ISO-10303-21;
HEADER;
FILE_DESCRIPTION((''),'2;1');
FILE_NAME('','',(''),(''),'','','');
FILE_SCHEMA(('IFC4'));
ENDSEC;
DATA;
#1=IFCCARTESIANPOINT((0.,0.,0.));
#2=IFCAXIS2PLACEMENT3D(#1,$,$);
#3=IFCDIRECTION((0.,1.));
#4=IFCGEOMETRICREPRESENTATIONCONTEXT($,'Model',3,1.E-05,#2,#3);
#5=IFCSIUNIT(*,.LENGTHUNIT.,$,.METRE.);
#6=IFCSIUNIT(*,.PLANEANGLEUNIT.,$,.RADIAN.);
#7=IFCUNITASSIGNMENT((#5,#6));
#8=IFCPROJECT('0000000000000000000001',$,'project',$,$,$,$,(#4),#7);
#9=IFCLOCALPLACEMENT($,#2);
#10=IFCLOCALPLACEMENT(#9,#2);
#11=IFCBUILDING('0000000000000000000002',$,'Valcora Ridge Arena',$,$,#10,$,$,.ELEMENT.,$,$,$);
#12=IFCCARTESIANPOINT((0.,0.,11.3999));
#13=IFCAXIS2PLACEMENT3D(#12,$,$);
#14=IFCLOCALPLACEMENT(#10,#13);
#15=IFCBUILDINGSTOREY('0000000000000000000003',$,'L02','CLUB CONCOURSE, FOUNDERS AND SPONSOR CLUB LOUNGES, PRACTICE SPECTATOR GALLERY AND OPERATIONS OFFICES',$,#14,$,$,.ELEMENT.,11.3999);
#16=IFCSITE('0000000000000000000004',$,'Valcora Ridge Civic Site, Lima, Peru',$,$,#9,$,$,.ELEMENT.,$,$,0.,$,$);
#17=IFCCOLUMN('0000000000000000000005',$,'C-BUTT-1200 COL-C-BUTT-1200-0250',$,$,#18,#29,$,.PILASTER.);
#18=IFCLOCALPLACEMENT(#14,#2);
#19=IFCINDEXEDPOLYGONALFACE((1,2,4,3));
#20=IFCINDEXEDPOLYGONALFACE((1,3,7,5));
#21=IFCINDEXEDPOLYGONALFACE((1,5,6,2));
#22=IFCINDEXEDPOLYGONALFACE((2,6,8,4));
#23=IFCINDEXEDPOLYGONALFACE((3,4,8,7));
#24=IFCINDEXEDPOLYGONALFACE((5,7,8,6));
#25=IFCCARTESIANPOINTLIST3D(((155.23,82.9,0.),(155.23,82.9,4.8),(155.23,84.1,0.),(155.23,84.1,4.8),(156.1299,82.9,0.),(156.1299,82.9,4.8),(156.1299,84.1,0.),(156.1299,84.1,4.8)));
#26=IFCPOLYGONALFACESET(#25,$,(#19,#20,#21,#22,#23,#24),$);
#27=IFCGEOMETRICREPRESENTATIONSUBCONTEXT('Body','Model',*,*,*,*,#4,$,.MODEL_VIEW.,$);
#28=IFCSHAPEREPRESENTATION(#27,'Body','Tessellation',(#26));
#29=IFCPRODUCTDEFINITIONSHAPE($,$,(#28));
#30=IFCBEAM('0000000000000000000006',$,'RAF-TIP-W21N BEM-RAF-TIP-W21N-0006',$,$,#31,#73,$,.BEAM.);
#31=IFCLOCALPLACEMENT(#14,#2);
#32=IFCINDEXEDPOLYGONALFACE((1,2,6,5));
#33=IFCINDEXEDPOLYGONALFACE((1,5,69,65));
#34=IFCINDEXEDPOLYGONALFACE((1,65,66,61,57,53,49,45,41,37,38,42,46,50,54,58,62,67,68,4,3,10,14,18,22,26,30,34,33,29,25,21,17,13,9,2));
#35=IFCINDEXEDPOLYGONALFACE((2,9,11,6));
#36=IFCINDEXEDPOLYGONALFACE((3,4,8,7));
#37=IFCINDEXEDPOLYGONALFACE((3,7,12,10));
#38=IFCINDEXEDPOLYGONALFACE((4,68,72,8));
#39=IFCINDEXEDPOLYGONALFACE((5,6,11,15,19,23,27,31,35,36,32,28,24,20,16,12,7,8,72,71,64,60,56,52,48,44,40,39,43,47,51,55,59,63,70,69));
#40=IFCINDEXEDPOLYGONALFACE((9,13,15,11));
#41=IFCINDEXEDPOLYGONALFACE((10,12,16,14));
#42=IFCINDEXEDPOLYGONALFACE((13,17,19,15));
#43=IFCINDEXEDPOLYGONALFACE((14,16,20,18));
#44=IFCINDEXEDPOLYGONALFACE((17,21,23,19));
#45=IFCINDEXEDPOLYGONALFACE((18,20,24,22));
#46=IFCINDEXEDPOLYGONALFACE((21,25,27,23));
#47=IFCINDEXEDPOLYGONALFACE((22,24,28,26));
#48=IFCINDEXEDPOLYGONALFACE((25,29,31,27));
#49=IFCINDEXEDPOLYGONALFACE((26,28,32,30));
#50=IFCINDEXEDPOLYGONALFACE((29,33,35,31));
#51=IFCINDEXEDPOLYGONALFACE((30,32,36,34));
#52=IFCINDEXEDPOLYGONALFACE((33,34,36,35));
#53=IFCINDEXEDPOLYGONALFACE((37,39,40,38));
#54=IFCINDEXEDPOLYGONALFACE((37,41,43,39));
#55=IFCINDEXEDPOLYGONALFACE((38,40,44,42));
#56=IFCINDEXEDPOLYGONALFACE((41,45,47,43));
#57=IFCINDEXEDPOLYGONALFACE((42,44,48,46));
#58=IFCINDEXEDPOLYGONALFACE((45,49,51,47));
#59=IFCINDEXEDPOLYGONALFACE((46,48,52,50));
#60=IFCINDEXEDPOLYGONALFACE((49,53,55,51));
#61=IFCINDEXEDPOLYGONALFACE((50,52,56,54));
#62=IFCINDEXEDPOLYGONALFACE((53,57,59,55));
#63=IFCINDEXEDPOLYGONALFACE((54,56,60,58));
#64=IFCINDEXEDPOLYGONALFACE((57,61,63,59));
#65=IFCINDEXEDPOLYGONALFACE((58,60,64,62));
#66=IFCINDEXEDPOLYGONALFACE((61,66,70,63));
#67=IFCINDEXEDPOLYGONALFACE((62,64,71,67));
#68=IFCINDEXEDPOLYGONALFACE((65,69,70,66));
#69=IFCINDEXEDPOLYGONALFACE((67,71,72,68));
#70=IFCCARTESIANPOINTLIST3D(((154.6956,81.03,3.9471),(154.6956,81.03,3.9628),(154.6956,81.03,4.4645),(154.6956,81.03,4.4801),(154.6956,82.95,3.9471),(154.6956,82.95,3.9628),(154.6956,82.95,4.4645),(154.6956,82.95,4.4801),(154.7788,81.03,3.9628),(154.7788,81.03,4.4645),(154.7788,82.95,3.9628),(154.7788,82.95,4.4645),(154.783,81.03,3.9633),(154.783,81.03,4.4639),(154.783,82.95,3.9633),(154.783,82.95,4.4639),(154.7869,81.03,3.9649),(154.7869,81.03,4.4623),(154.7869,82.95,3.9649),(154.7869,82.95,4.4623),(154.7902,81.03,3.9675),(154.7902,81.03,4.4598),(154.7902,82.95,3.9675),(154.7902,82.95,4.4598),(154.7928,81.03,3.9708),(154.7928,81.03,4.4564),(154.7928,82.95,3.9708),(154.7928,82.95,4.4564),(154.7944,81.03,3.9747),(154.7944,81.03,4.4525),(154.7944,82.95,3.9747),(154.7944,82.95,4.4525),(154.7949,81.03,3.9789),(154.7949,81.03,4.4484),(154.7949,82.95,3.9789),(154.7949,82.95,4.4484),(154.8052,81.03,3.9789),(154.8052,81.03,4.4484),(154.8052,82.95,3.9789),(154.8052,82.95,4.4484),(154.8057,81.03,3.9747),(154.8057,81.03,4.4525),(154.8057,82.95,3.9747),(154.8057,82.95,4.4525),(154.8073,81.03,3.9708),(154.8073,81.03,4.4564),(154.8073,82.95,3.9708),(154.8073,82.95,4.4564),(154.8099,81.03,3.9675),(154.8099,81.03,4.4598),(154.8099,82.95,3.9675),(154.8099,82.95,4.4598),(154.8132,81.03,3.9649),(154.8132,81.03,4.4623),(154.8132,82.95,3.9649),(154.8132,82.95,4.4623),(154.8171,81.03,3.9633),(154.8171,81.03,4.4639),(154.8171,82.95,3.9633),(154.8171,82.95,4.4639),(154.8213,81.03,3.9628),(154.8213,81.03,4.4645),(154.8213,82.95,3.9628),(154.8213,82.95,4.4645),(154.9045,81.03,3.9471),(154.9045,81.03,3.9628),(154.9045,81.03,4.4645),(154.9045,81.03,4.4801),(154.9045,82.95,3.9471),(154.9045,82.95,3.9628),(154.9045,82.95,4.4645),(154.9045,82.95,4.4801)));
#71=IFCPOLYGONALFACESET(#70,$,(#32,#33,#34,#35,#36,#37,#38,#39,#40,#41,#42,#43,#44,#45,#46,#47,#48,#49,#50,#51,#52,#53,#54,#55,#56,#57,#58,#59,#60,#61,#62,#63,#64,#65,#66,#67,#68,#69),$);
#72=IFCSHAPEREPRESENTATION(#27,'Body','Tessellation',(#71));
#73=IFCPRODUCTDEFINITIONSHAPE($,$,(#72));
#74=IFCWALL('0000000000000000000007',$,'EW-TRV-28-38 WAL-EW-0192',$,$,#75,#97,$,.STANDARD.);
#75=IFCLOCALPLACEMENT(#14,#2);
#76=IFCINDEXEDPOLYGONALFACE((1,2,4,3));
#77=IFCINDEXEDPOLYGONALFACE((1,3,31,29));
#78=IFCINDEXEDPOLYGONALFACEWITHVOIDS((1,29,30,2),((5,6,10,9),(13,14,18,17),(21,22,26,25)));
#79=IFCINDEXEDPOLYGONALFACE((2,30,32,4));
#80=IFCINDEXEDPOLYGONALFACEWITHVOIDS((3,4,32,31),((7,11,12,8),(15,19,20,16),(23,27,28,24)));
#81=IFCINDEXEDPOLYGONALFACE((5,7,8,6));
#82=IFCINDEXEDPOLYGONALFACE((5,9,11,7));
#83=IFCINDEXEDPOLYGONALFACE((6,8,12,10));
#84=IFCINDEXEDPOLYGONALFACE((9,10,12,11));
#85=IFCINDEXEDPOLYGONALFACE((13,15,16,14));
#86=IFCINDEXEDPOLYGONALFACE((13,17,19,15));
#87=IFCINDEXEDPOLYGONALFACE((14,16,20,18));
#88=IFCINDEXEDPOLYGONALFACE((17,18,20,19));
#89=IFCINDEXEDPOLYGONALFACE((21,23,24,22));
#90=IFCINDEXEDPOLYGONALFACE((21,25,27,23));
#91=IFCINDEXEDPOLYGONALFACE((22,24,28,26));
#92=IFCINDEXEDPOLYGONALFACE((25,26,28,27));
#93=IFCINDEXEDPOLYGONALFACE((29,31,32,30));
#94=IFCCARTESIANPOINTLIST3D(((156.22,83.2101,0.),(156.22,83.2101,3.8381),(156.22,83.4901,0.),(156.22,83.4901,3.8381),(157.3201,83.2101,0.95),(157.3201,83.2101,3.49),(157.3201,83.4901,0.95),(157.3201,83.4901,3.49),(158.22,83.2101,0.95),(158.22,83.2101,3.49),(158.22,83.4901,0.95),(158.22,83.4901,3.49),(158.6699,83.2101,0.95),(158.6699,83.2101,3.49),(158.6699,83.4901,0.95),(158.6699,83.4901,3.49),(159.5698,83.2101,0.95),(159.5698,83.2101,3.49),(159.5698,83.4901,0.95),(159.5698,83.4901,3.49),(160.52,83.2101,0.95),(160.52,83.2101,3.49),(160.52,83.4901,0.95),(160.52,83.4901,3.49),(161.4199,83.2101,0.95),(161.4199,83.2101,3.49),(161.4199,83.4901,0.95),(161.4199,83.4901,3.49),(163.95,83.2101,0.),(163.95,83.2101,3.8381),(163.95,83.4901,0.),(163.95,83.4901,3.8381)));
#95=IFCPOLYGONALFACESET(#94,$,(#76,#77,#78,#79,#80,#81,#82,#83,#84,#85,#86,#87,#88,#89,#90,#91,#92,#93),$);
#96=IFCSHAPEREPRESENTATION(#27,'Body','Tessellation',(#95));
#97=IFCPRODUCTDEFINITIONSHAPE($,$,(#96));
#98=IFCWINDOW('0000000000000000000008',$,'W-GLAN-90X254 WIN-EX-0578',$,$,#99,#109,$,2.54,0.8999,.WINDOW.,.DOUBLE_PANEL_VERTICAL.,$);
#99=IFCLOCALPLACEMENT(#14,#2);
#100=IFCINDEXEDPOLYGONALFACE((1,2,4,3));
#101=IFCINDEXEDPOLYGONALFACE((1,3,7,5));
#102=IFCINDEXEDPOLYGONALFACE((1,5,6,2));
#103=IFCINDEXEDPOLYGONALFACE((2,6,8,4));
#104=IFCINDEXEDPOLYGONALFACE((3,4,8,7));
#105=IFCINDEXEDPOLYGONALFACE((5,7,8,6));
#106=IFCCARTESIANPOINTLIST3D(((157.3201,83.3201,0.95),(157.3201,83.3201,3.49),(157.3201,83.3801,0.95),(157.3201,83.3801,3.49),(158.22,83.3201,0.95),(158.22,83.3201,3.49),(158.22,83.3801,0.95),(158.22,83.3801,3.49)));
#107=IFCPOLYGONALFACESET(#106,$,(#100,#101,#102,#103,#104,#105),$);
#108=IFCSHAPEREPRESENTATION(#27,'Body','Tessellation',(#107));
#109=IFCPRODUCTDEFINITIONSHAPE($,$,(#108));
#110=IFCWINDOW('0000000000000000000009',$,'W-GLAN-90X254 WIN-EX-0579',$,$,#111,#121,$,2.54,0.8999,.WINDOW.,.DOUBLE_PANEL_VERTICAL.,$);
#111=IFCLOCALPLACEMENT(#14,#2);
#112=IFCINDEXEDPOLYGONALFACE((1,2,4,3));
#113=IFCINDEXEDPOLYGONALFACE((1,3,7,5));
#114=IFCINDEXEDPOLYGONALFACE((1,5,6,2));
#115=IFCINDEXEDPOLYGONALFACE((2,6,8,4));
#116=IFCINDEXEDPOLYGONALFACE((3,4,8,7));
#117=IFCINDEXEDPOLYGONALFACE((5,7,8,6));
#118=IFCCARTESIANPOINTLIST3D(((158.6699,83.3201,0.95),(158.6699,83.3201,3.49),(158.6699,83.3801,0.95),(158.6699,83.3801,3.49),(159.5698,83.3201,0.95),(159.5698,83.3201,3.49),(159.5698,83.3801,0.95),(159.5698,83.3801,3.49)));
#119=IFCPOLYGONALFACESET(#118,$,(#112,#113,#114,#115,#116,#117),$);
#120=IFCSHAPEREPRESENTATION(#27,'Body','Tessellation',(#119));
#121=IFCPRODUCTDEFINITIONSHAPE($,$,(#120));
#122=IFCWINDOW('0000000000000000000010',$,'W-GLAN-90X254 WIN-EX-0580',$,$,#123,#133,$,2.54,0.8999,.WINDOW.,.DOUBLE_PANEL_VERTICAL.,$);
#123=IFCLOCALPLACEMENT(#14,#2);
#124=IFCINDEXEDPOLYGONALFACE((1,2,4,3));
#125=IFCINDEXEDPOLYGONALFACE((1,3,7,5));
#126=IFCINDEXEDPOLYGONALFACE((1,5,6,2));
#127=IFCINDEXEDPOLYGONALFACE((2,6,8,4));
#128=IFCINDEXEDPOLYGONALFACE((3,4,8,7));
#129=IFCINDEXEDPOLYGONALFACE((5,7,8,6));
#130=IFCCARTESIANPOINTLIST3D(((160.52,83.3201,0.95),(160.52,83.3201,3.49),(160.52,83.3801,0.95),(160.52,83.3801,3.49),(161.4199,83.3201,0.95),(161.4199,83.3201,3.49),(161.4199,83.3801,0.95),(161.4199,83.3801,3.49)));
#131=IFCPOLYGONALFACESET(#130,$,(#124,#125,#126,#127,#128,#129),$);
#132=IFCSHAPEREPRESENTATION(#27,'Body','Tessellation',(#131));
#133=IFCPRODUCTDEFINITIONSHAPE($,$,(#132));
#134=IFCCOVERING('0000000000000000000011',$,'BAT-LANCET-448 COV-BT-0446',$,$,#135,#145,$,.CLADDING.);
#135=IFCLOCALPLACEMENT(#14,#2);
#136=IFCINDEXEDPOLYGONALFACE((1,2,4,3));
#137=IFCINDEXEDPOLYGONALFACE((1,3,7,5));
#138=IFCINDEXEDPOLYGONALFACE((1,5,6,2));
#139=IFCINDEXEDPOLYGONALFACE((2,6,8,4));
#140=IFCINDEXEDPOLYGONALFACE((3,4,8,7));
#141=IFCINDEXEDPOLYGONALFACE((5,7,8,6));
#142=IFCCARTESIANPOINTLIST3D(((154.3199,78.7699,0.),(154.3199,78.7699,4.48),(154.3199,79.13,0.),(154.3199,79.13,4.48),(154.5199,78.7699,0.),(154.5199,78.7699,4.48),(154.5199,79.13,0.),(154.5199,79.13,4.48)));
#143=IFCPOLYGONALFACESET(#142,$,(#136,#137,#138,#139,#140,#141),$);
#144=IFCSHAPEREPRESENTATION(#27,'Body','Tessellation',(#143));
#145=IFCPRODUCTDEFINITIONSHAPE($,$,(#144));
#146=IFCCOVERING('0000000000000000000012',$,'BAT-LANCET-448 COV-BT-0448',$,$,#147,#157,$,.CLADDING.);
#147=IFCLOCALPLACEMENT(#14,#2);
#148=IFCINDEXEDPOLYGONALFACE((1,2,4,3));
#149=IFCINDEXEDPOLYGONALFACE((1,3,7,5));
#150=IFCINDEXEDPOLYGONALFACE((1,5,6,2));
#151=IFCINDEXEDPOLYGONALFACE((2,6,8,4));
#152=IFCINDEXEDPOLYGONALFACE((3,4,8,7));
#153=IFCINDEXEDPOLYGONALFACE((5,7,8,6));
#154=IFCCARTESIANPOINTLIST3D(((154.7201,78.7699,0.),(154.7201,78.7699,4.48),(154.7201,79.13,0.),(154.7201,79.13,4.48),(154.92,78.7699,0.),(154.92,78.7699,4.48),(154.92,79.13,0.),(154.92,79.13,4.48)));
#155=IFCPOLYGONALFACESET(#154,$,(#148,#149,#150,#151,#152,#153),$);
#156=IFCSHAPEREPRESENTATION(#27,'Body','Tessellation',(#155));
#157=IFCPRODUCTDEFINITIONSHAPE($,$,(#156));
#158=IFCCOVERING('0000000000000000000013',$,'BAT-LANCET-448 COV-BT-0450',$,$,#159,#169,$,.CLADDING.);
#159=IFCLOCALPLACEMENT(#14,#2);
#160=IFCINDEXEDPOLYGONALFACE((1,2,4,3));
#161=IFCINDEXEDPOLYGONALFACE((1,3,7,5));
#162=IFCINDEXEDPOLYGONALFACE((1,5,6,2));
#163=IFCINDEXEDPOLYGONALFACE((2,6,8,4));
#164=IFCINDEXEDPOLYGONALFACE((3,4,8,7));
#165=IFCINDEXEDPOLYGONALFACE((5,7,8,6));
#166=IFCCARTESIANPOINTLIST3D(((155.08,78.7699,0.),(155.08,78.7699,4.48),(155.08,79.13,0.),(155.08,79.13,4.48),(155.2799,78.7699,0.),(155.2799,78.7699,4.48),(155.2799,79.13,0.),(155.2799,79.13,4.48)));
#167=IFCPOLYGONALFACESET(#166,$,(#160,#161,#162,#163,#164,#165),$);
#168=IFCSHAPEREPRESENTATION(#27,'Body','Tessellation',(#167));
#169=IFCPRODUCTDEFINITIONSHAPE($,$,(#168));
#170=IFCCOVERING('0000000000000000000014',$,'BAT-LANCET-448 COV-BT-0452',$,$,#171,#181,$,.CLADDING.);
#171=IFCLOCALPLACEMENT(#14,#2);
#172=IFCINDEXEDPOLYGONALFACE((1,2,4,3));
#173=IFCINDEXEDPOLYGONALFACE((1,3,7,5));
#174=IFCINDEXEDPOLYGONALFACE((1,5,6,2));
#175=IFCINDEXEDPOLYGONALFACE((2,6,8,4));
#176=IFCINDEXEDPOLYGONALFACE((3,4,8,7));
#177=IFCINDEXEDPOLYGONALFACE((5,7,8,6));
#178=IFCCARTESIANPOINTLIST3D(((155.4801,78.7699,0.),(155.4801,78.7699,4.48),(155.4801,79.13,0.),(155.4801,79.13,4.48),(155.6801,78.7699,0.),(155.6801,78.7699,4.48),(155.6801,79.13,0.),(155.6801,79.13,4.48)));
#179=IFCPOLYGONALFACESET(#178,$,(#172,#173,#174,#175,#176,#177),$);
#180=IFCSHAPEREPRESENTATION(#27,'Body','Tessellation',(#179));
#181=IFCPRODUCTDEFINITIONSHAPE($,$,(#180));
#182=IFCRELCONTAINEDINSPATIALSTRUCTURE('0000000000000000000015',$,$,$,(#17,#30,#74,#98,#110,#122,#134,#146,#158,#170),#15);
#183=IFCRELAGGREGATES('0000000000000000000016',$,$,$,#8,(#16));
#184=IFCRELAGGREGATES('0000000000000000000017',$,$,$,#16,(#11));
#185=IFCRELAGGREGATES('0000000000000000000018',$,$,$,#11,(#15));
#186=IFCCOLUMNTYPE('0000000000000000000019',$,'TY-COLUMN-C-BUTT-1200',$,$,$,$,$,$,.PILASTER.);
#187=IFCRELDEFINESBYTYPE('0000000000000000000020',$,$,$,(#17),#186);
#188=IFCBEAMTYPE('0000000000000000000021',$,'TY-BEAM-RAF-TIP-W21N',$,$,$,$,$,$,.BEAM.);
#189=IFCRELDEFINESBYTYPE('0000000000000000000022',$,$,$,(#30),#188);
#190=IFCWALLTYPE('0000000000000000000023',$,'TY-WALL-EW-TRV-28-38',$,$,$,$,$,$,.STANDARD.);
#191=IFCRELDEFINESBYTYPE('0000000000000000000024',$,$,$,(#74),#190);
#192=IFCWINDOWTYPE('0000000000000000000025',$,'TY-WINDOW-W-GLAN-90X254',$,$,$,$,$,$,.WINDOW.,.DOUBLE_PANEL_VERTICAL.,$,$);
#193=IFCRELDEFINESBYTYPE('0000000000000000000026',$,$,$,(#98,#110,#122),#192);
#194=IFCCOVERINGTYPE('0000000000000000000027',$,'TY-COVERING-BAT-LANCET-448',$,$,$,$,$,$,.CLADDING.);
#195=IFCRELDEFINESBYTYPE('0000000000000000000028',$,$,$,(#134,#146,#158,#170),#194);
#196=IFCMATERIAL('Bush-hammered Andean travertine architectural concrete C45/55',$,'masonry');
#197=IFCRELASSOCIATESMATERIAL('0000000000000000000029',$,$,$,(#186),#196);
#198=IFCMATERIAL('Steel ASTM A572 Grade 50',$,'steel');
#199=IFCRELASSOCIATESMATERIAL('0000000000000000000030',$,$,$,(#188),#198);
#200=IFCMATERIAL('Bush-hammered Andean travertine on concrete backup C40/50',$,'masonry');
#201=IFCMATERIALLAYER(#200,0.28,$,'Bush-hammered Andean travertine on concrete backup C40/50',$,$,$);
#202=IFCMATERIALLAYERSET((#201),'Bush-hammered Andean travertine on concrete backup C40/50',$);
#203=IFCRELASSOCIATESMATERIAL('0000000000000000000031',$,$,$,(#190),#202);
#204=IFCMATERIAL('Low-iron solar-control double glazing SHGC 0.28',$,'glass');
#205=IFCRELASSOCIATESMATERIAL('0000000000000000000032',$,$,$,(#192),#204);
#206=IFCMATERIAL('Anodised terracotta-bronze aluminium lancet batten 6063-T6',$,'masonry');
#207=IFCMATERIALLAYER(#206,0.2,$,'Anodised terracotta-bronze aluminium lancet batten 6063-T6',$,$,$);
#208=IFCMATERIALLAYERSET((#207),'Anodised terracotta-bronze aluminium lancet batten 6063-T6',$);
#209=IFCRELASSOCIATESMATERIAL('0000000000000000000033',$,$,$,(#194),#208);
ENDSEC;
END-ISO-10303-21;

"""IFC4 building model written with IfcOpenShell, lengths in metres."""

from ifc_helpers import new_model, si_unit, direction, frame, frame_2d, origin, origin_2d, place, context, subcontext, project, spatial, rectangle, i_section, extrude, material, layer, layer_set, material_profile, profile_set, type_object, element, fill, save


model = new_model("IFC4")

# Units and contexts
model_context = context("Model", 3, precision=1e-05, world=origin(), true_north=direction((0.0, 1.0)))
body_context = subcontext(model_context, "Body", "Model", "MODEL_VIEW")
ifc_project = project(units=[si_unit("LENGTHUNIT", "METRE"), si_unit("PLANEANGLEUNIT", "RADIAN")], contexts=[model_context])

# Site, building, storey
site_placement = place(None, origin())
site = spatial("IfcSite", under=ifc_project, at=site_placement, Name="Valcora Ridge Civic Site, Lima, Peru", CompositionType="ELEMENT", RefElevation=0.0)
building_placement = place(site_placement, origin())
building = spatial("IfcBuilding", under=site, at=building_placement, Name="Valcora Ridge Arena", CompositionType="ELEMENT")
storey_placement = place(building_placement, frame((0.0, 0.0, 11.3999)))
storey = spatial("IfcBuildingStorey", under=building, at=storey_placement, Name="L02", Description="CLUB CONCOURSE, FOUNDERS AND SPONSOR CLUB LOUNGES, PRACTICE SPECTATOR GALLERY AND OPERATIONS OFFICES", CompositionType="ELEMENT", Elevation=11.3999)

# Column
ifc_material_1 = material(Name="Bush-hammered Andean travertine architectural concrete C45/55", Category="masonry")
ifc_material_profile_1 = material_profile(ifc_material_1, rectangle(XDim=0.8999, YDim=1.2, at=origin_2d()), Name="RC 900x1200")
ifc_profile_set_1 = profile_set([ifc_material_profile_1], Name="Bush-hammered Andean travertine architectural concrete C45/55")
column_type = type_object("IfcColumnType", Name="TY-COLUMN-C-BUTT-1200", PredefinedType="PILASTER", material=ifc_profile_set_1)
column_placement = place(storey_placement, frame((155.6799, 83.5, 0.0), z_axis=(0.0, 0.0, 1.0), x_axis=(1.0, 0.0, 0.0)))
element("IfcColumn", 1, at=column_placement, inside=storey, type_object=column_type, Name="C-BUTT-1200 COL-C-BUTT-1200-0250", PredefinedType="PILASTER", context=body_context, shape_type="SweptSolid", body=[
    extrude(rectangle(XDim=0.8999, YDim=1.2, at=origin_2d()), origin(), (0.0, 0.0, 1.0), 4.8),
])

# Beam
ifc_material_2 = material(Name="Steel ASTM A572 Grade 50", Category="steel")
ifc_material_profile_2 = material_profile(ifc_material_2, i_section(OverallWidth=0.209, OverallDepth=0.533, WebThickness=0.0103, FlangeThickness=0.0156, FilletRadius=0.0161, at=origin_2d()), Name="W21X62")
ifc_profile_set_2 = profile_set([ifc_material_profile_2], Name="Steel ASTM A572 Grade 50")
beam_type = type_object("IfcBeamType", Name="TY-BEAM-RAF-TIP-W21N", PredefinedType="BEAM", material=ifc_profile_set_2)
beam_placement = place(storey_placement, frame((154.8, 81.03, 4.2136), z_axis=(0.0, 1.0, 0.0), x_axis=(-1.0, 0.0, 0.0)))
element("IfcBeam", 2, at=beam_placement, inside=storey, type_object=beam_type, Name="RAF-TIP-W21N BEM-RAF-TIP-W21N-0006", PredefinedType="BEAM", context=body_context, shape_type="SweptSolid", body=[
    extrude(i_section(OverallWidth=0.209, OverallDepth=0.533, WebThickness=0.0103, FlangeThickness=0.0156, FilletRadius=0.0161, at=origin_2d()), origin(), (0.0, 0.0, 1.0), 1.9199),
])

# Wall, openings, windows
ifc_material_3 = material(Name="Bush-hammered Andean travertine on concrete backup C40/50", Category="masonry")
ifc_layer_1 = layer(ifc_material_3, 0.28, Name="Bush-hammered Andean travertine on concrete backup C40/50")
ifc_layer_set_1 = layer_set([ifc_layer_1], Name="Bush-hammered Andean travertine on concrete backup C40/50")
wall_type = type_object("IfcWallType", Name="TY-WALL-EW-TRV-28-38", PredefinedType="STANDARD", material=ifc_layer_set_1)
wall_placement = place(storey_placement, frame((156.22, 83.3501, 0.0), z_axis=(0.0, 0.0, 1.0), x_axis=(1.0, 0.0, 0.0)))
wall = element("IfcWall", 3, at=wall_placement, inside=storey, type_object=wall_type, Name="EW-TRV-28-38 WAL-EW-0192", PredefinedType="STANDARD", context=body_context, shape_type="SweptSolid", body=[
    extrude(rectangle(XDim=7.73, YDim=0.28, at=frame_2d((3.865, 0.0))), origin(), (0.0, 0.0, 1.0), 3.8381),
])
opening_1_placement = place(wall_placement, frame((1.1001, 0.0, 0.95)))
opening_1 = element("IfcOpeningElement", 4, at=opening_1_placement, cuts=wall, PredefinedType="OPENING", context=body_context, shape_type="SweptSolid", body=[
    extrude(rectangle(XDim=0.8999, YDim=2.54, at=frame_2d((0.45, 1.27))), frame((0.0, 0.1499, 0.0), z_axis=(0.0, -1.0, 0.0), x_axis=(1.0, 0.0, 0.0)), (0.0, 0.0, 1.0), 0.3),
])
opening_2_placement = place(wall_placement, frame((2.45, 0.0, 0.95)))
opening_2 = element("IfcOpeningElement", 5, at=opening_2_placement, cuts=wall, PredefinedType="OPENING", context=body_context, shape_type="SweptSolid", body=[
    extrude(rectangle(XDim=0.8999, YDim=2.54, at=frame_2d((0.45, 1.27))), frame((0.0, 0.1499, 0.0), z_axis=(0.0, -1.0, 0.0), x_axis=(1.0, 0.0, 0.0)), (0.0, 0.0, 1.0), 0.3),
])
opening_3_placement = place(wall_placement, frame((4.3, 0.0, 0.95)))
opening_3 = element("IfcOpeningElement", 6, at=opening_3_placement, cuts=wall, PredefinedType="OPENING", context=body_context, shape_type="SweptSolid", body=[
    extrude(rectangle(XDim=0.8999, YDim=2.54, at=frame_2d((0.45, 1.27))), frame((0.0, 0.1499, 0.0), z_axis=(0.0, -1.0, 0.0), x_axis=(1.0, 0.0, 0.0)), (0.0, 0.0, 1.0), 0.3),
])
ifc_material_4 = material(Name="Low-iron solar-control double glazing SHGC 0.28", Category="glass")
window_type = type_object("IfcWindowType", Name="TY-WINDOW-W-GLAN-90X254", PartitioningType="DOUBLE_PANEL_VERTICAL", PredefinedType="WINDOW", material=ifc_material_4)
window_1_placement = place(opening_1_placement, origin())
window_1 = element("IfcWindow", 7, at=window_1_placement, inside=storey, type_object=window_type, Name="W-GLAN-90X254 WIN-EX-0578", OverallHeight=2.54, OverallWidth=0.8999, PartitioningType="DOUBLE_PANEL_VERTICAL", PredefinedType="WINDOW", context=body_context, shape_type="SweptSolid", body=[
    extrude(rectangle(XDim=0.8999, YDim=2.54, at=frame_2d((0.45, 1.27))), frame((0.0, 0.03, 0.0), z_axis=(0.0, -1.0, 0.0), x_axis=(1.0, 0.0, 0.0)), (0.0, 0.0, 1.0), 0.0601),
])
fill(opening_1, window_1)
window_2_placement = place(opening_2_placement, origin())
window_2 = element("IfcWindow", 8, at=window_2_placement, inside=storey, type_object=window_type, Name="W-GLAN-90X254 WIN-EX-0579", OverallHeight=2.54, OverallWidth=0.8999, PartitioningType="DOUBLE_PANEL_VERTICAL", PredefinedType="WINDOW", context=body_context, shape_type="SweptSolid", body=[
    extrude(rectangle(XDim=0.8999, YDim=2.54, at=frame_2d((0.45, 1.27))), frame((0.0, 0.03, 0.0), z_axis=(0.0, -1.0, 0.0), x_axis=(1.0, 0.0, 0.0)), (0.0, 0.0, 1.0), 0.0601),
])
fill(opening_2, window_2)
window_3_placement = place(opening_3_placement, origin())
window_3 = element("IfcWindow", 9, at=window_3_placement, inside=storey, type_object=window_type, Name="W-GLAN-90X254 WIN-EX-0580", OverallHeight=2.54, OverallWidth=0.8999, PartitioningType="DOUBLE_PANEL_VERTICAL", PredefinedType="WINDOW", context=body_context, shape_type="SweptSolid", body=[
    extrude(rectangle(XDim=0.8999, YDim=2.54, at=frame_2d((0.45, 1.27))), frame((0.0, 0.03, 0.0), z_axis=(0.0, -1.0, 0.0), x_axis=(1.0, 0.0, 0.0)), (0.0, 0.0, 1.0), 0.0601),
])
fill(opening_3, window_3)

# Coverings
ifc_material_5 = material(Name="Anodised terracotta-bronze aluminium lancet batten 6063-T6", Category="masonry")
ifc_layer_2 = layer(ifc_material_5, 0.2, Name="Anodised terracotta-bronze aluminium lancet batten 6063-T6")
ifc_layer_set_2 = layer_set([ifc_layer_2], Name="Anodised terracotta-bronze aluminium lancet batten 6063-T6")
covering_type = type_object("IfcCoveringType", Name="TY-COVERING-BAT-LANCET-448", PredefinedType="CLADDING", material=ifc_layer_set_2)
for number, where, z_axis, x_axis, name in (
    (10, (154.4199, 78.95, 0.0), (0.0, 0.0, 1.0), (1.0, 0.0, 0.0), "BAT-LANCET-448 COV-BT-0446"),
    (11, (154.8201, 78.95, 0.0), (0.0, 0.0, 1.0), (1.0, 0.0, 0.0), "BAT-LANCET-448 COV-BT-0448"),
    (12, (155.1799, 78.95, 0.0), (0.0, 0.0, 1.0), (1.0, 0.0, 0.0), "BAT-LANCET-448 COV-BT-0450"),
    (13, (155.5801, 78.95, 0.0), (0.0, 0.0, 1.0), (1.0, 0.0, 0.0), "BAT-LANCET-448 COV-BT-0452"),
):
    element("IfcCovering", number, at=place(storey_placement, frame(where, z_axis=z_axis, x_axis=x_axis)), inside=storey, type_object=covering_type, Name=name, PredefinedType="CLADDING", context=body_context, shape_type="SweptSolid", body=[
        extrude(rectangle(XDim=0.2, YDim=0.3601, at=origin_2d()), origin(), (0.0, 0.0, 1.0), 4.48),
    ])

save(model, "model.ifc")
